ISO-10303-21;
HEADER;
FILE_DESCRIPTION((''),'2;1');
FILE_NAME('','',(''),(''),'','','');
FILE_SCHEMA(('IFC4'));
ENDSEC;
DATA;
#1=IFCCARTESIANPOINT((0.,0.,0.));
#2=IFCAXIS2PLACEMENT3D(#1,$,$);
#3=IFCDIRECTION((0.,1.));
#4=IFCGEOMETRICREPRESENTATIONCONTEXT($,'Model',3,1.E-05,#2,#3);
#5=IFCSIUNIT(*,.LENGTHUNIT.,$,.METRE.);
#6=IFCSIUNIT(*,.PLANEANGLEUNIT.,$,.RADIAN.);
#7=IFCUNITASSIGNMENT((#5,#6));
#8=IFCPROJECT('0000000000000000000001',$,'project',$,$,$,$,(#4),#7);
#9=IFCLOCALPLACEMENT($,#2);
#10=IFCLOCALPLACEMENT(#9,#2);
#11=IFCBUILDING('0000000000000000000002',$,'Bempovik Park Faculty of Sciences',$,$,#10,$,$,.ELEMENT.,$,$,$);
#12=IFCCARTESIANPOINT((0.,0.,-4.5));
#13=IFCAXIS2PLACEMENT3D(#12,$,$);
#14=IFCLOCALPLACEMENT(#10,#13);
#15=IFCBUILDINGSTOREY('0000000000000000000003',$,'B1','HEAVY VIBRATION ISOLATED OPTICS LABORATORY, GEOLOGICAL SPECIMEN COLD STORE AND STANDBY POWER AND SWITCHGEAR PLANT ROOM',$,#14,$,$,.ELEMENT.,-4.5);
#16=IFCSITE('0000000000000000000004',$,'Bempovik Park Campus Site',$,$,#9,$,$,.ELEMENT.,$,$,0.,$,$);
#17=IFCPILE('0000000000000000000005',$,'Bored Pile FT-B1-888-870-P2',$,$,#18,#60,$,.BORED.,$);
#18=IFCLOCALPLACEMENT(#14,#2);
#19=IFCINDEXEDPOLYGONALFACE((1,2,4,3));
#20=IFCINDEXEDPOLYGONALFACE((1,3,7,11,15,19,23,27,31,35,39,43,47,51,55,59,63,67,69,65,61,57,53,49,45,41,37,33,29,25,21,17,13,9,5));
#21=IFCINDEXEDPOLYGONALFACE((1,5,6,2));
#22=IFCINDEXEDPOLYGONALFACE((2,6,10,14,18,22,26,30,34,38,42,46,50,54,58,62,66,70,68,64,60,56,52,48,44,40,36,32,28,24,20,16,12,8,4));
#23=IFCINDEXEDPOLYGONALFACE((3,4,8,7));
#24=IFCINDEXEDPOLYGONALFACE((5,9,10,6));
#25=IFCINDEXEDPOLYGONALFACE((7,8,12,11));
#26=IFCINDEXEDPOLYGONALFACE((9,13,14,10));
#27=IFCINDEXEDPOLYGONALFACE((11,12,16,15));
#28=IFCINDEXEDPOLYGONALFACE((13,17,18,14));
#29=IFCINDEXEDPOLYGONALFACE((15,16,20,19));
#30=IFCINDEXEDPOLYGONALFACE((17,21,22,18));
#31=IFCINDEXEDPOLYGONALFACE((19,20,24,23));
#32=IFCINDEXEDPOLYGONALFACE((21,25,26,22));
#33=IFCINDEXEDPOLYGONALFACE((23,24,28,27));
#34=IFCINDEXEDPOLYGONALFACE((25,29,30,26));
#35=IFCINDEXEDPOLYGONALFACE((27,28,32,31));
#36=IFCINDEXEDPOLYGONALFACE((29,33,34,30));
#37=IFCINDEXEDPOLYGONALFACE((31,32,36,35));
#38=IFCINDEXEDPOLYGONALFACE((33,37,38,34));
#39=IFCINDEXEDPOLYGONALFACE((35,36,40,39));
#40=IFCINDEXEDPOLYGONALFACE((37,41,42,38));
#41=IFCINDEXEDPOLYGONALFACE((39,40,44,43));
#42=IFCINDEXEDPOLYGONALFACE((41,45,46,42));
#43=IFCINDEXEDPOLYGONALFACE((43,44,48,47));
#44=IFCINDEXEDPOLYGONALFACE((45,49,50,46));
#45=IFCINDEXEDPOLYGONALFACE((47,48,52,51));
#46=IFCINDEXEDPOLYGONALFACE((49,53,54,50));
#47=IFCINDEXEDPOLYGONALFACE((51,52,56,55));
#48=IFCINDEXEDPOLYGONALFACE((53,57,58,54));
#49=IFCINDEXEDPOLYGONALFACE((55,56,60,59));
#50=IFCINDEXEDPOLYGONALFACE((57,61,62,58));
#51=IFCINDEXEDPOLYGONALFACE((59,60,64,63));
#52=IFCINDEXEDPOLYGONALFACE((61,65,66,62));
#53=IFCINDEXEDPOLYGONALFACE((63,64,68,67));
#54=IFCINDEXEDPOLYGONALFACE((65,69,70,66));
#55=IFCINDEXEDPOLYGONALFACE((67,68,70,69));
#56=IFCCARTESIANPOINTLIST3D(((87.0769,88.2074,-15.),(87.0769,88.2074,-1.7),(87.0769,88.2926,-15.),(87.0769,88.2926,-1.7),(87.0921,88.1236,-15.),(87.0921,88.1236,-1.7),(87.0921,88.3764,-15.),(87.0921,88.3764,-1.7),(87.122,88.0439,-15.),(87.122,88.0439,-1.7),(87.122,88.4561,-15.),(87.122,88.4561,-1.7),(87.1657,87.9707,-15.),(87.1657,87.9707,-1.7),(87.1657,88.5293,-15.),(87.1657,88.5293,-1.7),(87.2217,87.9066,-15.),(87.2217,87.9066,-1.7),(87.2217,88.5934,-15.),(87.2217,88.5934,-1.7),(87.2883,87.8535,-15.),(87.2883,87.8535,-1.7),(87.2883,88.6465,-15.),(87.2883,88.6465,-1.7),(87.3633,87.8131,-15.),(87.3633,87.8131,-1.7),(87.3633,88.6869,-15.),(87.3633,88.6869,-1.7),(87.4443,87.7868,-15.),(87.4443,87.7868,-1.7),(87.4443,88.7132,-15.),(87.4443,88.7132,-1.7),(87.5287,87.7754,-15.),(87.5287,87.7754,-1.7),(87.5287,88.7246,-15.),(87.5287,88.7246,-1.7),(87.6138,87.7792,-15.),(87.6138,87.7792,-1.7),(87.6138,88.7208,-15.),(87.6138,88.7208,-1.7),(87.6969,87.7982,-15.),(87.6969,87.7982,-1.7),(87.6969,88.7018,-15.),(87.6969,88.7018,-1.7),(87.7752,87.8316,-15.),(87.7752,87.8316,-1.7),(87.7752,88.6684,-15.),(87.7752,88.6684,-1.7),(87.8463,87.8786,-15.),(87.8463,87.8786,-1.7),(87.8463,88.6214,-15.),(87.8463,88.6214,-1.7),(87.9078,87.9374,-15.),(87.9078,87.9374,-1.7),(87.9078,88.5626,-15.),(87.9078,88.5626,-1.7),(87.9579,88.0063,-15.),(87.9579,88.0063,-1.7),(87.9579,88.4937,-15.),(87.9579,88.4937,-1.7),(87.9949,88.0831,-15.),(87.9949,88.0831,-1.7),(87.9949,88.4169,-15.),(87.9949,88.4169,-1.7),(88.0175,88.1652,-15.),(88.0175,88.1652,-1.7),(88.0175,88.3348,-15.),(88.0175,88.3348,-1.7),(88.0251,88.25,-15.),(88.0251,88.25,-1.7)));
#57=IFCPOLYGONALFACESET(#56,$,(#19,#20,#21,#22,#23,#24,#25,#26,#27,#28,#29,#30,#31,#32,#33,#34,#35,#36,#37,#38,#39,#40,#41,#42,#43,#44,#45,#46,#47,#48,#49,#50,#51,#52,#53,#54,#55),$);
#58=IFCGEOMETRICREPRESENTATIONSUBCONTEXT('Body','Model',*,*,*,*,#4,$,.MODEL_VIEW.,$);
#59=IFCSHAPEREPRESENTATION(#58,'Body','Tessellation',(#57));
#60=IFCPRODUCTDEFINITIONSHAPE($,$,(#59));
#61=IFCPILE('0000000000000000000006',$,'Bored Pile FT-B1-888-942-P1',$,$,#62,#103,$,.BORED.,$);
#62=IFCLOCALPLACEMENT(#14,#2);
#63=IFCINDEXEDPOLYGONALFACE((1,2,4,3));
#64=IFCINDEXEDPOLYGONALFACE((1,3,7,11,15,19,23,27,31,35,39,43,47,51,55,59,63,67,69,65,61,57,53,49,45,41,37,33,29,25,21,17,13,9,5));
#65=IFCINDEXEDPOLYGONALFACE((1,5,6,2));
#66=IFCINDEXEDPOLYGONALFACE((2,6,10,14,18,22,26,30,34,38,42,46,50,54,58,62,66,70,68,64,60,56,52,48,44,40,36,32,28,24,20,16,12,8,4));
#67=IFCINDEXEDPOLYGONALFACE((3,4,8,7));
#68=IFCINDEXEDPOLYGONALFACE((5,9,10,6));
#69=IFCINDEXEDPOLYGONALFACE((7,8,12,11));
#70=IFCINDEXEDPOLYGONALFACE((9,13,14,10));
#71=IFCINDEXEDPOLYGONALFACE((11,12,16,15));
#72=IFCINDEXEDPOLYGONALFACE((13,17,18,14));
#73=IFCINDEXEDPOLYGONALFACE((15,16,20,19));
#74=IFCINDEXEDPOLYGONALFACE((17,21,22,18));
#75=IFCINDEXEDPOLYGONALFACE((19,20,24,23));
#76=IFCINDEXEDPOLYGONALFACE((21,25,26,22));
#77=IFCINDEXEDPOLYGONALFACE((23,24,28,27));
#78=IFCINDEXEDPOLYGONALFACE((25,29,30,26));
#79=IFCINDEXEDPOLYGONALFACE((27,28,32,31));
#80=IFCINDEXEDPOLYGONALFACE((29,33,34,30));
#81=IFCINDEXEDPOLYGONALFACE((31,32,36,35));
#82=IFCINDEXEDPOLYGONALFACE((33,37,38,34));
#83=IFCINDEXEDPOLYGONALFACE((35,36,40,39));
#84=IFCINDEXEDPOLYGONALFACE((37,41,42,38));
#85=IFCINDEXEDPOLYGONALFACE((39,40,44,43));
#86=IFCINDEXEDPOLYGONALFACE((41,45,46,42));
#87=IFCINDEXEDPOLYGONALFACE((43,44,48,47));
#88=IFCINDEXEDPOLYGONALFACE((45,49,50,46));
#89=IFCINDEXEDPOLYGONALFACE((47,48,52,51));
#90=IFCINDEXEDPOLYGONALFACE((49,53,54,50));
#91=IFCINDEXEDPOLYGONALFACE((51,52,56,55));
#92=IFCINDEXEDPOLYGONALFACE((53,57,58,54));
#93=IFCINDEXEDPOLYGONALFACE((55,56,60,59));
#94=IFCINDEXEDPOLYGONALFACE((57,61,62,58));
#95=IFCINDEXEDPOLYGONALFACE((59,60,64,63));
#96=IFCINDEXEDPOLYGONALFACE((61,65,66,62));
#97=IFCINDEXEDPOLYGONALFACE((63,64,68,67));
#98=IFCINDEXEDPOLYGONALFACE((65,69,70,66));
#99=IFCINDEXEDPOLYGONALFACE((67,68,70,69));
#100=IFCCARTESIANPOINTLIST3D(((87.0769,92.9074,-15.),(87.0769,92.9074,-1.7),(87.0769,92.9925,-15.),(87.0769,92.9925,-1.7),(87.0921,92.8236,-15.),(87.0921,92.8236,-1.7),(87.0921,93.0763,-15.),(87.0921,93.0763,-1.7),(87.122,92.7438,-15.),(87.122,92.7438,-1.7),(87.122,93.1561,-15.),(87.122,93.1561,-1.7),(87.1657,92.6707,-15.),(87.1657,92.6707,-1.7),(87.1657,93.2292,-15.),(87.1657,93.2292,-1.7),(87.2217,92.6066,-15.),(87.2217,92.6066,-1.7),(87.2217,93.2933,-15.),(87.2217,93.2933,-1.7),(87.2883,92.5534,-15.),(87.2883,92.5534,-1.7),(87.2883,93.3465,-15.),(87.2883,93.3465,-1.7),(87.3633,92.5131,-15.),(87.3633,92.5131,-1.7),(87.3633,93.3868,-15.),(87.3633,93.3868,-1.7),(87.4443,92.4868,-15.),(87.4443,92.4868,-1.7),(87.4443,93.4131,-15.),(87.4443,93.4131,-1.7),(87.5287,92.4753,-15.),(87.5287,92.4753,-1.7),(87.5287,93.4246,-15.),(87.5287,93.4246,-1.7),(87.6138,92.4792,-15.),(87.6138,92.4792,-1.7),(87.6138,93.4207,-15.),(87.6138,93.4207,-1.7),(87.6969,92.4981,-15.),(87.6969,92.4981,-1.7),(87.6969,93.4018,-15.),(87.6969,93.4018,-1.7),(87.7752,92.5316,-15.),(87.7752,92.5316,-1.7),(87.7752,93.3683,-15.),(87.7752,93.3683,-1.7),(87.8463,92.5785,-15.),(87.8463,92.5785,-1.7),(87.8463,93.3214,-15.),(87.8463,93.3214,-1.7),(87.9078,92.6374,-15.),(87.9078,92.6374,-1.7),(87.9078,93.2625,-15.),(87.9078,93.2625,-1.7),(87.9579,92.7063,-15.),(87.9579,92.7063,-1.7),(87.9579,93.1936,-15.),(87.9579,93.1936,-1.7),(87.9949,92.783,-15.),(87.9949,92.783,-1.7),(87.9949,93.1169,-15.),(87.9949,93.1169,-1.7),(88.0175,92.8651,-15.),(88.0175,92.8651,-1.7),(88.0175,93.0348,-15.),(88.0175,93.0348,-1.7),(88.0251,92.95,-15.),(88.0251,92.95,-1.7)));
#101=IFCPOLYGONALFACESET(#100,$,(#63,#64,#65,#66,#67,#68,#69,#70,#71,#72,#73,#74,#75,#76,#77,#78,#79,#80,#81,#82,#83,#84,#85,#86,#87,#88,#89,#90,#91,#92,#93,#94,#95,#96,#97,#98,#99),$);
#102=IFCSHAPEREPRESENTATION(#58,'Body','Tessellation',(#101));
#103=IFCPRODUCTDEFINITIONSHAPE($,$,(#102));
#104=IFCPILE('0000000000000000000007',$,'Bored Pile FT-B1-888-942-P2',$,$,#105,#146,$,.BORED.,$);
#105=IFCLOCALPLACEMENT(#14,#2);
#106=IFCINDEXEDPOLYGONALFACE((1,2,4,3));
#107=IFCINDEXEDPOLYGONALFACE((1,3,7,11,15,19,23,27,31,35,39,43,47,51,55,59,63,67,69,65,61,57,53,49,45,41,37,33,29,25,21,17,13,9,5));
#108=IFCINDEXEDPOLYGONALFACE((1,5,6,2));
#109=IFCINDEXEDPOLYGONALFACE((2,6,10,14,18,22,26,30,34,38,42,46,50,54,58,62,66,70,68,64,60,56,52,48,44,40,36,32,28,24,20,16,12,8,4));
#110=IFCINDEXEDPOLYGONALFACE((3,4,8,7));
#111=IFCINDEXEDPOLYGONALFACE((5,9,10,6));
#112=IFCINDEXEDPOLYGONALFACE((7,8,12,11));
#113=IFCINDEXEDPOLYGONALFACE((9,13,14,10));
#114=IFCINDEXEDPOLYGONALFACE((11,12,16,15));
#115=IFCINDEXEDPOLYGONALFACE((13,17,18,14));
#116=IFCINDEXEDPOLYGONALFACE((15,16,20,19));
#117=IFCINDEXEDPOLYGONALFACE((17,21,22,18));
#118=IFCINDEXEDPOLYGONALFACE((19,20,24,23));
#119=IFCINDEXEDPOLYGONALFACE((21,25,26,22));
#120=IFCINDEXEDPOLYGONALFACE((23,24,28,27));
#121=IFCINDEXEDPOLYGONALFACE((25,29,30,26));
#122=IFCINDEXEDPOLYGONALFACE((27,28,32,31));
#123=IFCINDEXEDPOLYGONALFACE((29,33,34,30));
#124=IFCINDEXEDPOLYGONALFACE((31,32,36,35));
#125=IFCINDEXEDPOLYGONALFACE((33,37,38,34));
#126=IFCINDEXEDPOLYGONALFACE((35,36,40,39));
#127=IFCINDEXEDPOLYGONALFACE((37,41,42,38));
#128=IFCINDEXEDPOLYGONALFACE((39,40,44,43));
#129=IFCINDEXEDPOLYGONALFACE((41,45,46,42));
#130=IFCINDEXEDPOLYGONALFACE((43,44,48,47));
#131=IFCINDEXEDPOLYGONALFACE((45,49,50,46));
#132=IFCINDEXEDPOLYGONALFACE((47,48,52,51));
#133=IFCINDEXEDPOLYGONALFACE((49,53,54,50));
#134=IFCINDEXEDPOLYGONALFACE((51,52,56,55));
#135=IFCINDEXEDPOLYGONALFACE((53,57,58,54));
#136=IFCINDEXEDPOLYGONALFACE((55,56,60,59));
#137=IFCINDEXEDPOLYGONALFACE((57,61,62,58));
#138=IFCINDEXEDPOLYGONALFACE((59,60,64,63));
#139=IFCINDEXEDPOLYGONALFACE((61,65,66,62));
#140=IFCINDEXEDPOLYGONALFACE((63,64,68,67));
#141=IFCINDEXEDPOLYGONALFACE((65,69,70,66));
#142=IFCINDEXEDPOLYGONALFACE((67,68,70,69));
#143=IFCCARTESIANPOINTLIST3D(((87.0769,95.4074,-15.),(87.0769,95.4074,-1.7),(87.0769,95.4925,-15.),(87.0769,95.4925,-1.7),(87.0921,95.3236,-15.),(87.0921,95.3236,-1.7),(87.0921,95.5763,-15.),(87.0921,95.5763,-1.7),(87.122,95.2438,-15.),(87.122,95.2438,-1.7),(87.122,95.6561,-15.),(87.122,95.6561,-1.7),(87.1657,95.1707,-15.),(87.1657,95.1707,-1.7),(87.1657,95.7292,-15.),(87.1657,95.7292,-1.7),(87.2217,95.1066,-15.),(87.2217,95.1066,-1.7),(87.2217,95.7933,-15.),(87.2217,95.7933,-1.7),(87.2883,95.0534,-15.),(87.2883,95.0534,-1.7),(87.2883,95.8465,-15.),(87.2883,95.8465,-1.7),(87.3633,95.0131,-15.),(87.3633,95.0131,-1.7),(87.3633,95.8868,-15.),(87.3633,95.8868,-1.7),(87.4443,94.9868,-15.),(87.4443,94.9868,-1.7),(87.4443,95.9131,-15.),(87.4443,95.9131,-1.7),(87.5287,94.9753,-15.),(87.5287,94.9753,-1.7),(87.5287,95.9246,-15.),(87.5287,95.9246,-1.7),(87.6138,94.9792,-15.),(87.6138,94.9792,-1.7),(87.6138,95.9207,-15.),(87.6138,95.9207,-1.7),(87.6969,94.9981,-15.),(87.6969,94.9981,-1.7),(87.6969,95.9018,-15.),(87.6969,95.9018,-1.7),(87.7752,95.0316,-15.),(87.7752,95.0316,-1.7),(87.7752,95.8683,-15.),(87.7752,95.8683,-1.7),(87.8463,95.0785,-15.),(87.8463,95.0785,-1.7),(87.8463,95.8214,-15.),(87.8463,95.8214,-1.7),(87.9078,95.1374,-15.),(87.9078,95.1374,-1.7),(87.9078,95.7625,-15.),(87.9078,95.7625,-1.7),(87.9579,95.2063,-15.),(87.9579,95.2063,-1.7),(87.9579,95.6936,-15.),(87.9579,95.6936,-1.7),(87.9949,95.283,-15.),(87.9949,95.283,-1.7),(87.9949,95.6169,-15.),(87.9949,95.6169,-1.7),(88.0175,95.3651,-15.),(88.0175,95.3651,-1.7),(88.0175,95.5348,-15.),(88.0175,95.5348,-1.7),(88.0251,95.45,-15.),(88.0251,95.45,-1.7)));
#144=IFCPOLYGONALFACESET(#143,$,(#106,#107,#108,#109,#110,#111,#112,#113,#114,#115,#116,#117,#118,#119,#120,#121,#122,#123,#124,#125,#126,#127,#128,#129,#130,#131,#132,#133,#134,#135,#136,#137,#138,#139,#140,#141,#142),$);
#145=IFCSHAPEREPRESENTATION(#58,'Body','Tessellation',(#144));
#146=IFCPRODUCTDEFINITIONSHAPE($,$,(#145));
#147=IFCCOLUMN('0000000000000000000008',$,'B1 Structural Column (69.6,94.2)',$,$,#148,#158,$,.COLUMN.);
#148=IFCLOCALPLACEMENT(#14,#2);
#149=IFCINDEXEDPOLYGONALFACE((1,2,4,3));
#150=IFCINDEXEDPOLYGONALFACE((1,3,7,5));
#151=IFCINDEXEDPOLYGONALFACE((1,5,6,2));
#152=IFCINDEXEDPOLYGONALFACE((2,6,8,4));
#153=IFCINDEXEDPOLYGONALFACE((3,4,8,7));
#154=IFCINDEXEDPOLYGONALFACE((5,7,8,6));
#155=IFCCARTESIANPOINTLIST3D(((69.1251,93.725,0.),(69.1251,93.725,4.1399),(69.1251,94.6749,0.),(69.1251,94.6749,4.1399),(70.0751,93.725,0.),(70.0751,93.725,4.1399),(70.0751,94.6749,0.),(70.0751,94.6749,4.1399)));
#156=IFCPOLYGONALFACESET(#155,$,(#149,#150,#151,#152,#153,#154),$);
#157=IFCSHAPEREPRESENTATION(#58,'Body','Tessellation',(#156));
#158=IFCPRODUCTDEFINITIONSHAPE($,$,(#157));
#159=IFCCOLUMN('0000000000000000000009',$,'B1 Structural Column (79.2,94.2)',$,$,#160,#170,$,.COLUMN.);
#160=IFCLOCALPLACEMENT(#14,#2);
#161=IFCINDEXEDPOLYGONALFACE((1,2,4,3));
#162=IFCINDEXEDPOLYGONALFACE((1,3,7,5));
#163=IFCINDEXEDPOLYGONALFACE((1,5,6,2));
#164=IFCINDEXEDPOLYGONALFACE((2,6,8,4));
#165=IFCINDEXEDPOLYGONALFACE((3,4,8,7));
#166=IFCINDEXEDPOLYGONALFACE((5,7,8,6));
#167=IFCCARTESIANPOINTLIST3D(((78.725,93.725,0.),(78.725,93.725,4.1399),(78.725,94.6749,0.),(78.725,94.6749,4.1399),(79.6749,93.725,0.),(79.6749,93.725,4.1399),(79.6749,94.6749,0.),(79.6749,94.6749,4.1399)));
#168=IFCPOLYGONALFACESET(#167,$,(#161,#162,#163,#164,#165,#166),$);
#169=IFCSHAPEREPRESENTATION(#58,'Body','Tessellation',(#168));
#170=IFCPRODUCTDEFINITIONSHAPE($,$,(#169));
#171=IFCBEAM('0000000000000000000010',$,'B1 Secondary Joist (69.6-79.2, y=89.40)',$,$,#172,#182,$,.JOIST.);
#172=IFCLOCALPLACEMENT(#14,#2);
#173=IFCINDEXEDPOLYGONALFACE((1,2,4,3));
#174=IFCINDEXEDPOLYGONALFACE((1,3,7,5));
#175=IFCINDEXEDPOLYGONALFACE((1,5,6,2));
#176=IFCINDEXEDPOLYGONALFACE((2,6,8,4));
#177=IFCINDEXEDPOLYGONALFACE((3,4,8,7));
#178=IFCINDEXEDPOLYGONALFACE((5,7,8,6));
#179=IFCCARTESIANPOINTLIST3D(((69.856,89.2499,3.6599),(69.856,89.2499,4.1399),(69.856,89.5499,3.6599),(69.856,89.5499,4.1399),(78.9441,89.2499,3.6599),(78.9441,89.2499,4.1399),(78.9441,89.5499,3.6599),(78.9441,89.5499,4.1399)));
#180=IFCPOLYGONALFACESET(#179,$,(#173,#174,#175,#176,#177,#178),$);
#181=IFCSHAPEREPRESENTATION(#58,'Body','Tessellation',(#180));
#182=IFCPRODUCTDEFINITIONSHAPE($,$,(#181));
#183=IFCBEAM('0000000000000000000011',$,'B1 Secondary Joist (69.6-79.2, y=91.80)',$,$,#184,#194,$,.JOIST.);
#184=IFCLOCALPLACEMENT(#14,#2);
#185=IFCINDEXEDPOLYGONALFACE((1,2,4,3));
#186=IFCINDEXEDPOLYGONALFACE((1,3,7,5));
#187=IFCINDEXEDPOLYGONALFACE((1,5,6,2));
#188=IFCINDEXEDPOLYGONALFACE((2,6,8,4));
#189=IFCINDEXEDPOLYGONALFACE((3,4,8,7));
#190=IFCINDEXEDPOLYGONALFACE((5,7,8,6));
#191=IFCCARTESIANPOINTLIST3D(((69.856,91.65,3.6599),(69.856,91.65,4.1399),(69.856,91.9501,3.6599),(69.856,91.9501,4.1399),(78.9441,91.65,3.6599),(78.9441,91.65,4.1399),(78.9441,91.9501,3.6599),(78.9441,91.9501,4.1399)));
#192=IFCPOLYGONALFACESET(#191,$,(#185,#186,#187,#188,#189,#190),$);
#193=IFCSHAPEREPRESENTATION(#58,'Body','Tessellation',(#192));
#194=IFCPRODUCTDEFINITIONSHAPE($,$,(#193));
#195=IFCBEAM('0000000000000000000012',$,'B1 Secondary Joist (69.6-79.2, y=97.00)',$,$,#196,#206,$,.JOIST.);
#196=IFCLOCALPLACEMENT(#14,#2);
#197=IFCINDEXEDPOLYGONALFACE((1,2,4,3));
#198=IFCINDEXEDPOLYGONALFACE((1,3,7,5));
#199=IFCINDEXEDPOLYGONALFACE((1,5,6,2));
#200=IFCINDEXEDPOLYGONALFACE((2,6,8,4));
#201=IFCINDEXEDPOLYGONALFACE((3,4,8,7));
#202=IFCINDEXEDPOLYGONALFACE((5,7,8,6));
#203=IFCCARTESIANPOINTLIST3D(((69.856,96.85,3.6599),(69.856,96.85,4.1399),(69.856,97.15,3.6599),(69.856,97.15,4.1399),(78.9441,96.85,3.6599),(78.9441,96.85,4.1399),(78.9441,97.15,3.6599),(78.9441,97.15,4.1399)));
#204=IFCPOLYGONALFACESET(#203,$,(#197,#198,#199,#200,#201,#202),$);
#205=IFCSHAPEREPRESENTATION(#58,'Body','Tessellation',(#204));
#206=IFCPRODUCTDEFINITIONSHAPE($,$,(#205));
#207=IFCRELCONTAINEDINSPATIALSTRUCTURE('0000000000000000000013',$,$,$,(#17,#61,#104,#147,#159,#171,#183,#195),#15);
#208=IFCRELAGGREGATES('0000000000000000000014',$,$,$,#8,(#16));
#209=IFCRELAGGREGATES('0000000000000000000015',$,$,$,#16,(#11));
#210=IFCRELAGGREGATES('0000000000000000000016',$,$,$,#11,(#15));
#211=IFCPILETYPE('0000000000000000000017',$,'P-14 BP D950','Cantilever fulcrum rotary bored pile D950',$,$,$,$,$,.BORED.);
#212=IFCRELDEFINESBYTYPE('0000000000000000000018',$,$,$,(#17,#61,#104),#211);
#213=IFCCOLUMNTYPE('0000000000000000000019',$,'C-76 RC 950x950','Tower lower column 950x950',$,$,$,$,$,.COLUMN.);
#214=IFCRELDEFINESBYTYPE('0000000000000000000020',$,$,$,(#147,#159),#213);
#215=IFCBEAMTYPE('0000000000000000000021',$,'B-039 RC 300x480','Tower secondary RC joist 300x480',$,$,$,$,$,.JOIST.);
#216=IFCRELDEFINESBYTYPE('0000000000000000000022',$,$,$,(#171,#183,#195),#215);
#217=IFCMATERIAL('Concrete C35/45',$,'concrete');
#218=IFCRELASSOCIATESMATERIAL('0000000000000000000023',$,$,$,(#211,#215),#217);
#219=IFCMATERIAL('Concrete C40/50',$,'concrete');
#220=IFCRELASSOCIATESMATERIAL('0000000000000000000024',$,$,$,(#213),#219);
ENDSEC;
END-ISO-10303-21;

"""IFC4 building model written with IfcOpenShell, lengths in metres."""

from ifc_helpers import new_model, si_unit, direction, frame, origin, origin_2d, place, context, subcontext, project, spatial, rectangle, circle, extrude, material, material_profile, profile_set, type_object, element, save


model = new_model("IFC4")

# Units and contexts
model_context = context("Model", 3, precision=1e-05, world=origin(), true_north=direction((0.0, 1.0)))
body_context = subcontext(model_context, "Body", "Model", "MODEL_VIEW")
ifc_project = project(units=[si_unit("LENGTHUNIT", "METRE"), si_unit("PLANEANGLEUNIT", "RADIAN")], contexts=[model_context])

# Site, building, storey
site_placement = place(None, origin())
site = spatial("IfcSite", under=ifc_project, at=site_placement, Name="Bempovik Park Campus Site", CompositionType="ELEMENT", RefElevation=0.0)
building_placement = place(site_placement, origin())
building = spatial("IfcBuilding", under=site, at=building_placement, Name="Bempovik Park Faculty of Sciences", CompositionType="ELEMENT")
storey_placement = place(building_placement, frame((0.0, 0.0, -4.5)))
storey = spatial("IfcBuildingStorey", under=building, at=storey_placement, Name="B1", Description="HEAVY VIBRATION ISOLATED OPTICS LABORATORY, GEOLOGICAL SPECIMEN COLD STORE AND STANDBY POWER AND SWITCHGEAR PLANT ROOM", CompositionType="ELEMENT", Elevation=-4.5)

# Shared definitions
ifc_material_1 = material(Name="Concrete C35/45", Category="concrete")

# Piles
ifc_material_profile_1 = material_profile(ifc_material_1, circle(Radius=0.4751, at=origin_2d()), Name="BP D950")
ifc_profile_set_1 = profile_set([ifc_material_profile_1], Name="Concrete C35/45")
pile_type = type_object("IfcPileType", Name="P-14 BP D950", Description="Cantilever fulcrum rotary bored pile D950", PredefinedType="BORED", material=ifc_profile_set_1)
for number, where, z_axis, x_axis, name in (
    (1, (87.55, 88.25, -1.7), (0.0, 0.0, -1.0), (1.0, 0.0, 0.0), "Bored Pile FT-B1-888-870-P2"),
    (2, (87.55, 92.95, -1.7), (0.0, 0.0, -1.0), (1.0, 0.0, 0.0), "Bored Pile FT-B1-888-942-P1"),
    (3, (87.55, 95.45, -1.7), (0.0, 0.0, -1.0), (1.0, 0.0, 0.0), "Bored Pile FT-B1-888-942-P2"),
):
    element("IfcPile", number, at=place(storey_placement, frame(where, z_axis=z_axis, x_axis=x_axis)), inside=storey, type_object=pile_type, Name=name, PredefinedType="BORED", context=body_context, shape_type="SweptSolid", body=[
        extrude(circle(Radius=0.4751, at=origin_2d()), origin(), (0.0, 0.0, 1.0), 13.3),
    ])

# Columns
ifc_material_2 = material(Name="Concrete C40/50", Category="concrete")
ifc_material_profile_2 = material_profile(ifc_material_2, rectangle(XDim=0.95, YDim=0.95, at=origin_2d()), Name="RC 950x950")
ifc_profile_set_2 = profile_set([ifc_material_profile_2], Name="Concrete C40/50")
column_type = type_object("IfcColumnType", Name="C-76 RC 950x950", Description="Tower lower column 950x950", PredefinedType="COLUMN", material=ifc_profile_set_2)
for number, where, z_axis, x_axis, name in (
    (4, (69.6001, 94.2, 0.0), (0.0, 0.0, 1.0), (1.0, 0.0, 0.0), "B1 Structural Column (69.6,94.2)"),
    (5, (79.2, 94.2, 0.0), (0.0, 0.0, 1.0), (1.0, 0.0, 0.0), "B1 Structural Column (79.2,94.2)"),
):
    element("IfcColumn", number, at=place(storey_placement, frame(where, z_axis=z_axis, x_axis=x_axis)), inside=storey, type_object=column_type, Name=name, PredefinedType="COLUMN", context=body_context, shape_type="SweptSolid", body=[
        extrude(rectangle(XDim=0.95, YDim=0.95, at=origin_2d()), origin(), (0.0, 0.0, 1.0), 4.1399),
    ])

# Beams
ifc_material_profile_3 = material_profile(ifc_material_1, rectangle(XDim=0.3, YDim=0.48, at=origin_2d()), Name="RC 300x480")
ifc_profile_set_3 = profile_set([ifc_material_profile_3], Name="Concrete C35/45")
beam_type_1 = type_object("IfcBeamType", Name="B-039 RC 300x480", Description="Tower secondary RC joist 300x480", PredefinedType="JOIST", material=ifc_profile_set_3)
for number, where, z_axis, x_axis, name in (
    (6, (69.856, 89.3999, 3.8999), (1.0, 0.0, 0.0), (0.0, 1.0, 0.0), "B1 Secondary Joist (69.6-79.2, y=89.40)"),
    (7, (69.856, 91.8, 3.8999), (1.0, 0.0, 0.0), (0.0, 1.0, 0.0), "B1 Secondary Joist (69.6-79.2, y=91.80)"),
    (8, (69.856, 97.0, 3.8999), (1.0, 0.0, 0.0), (0.0, 1.0, 0.0), "B1 Secondary Joist (69.6-79.2, y=97.00)"),
):
    element("IfcBeam", number, at=place(storey_placement, frame(where, z_axis=z_axis, x_axis=x_axis)), inside=storey, type_object=beam_type_1, Name=name, PredefinedType="JOIST", context=body_context, shape_type="SweptSolid", body=[
        extrude(rectangle(XDim=0.3, YDim=0.48, at=origin_2d()), origin(), (0.0, 0.0, 1.0), 9.0881),
    ])

save(model, "model.ifc")
